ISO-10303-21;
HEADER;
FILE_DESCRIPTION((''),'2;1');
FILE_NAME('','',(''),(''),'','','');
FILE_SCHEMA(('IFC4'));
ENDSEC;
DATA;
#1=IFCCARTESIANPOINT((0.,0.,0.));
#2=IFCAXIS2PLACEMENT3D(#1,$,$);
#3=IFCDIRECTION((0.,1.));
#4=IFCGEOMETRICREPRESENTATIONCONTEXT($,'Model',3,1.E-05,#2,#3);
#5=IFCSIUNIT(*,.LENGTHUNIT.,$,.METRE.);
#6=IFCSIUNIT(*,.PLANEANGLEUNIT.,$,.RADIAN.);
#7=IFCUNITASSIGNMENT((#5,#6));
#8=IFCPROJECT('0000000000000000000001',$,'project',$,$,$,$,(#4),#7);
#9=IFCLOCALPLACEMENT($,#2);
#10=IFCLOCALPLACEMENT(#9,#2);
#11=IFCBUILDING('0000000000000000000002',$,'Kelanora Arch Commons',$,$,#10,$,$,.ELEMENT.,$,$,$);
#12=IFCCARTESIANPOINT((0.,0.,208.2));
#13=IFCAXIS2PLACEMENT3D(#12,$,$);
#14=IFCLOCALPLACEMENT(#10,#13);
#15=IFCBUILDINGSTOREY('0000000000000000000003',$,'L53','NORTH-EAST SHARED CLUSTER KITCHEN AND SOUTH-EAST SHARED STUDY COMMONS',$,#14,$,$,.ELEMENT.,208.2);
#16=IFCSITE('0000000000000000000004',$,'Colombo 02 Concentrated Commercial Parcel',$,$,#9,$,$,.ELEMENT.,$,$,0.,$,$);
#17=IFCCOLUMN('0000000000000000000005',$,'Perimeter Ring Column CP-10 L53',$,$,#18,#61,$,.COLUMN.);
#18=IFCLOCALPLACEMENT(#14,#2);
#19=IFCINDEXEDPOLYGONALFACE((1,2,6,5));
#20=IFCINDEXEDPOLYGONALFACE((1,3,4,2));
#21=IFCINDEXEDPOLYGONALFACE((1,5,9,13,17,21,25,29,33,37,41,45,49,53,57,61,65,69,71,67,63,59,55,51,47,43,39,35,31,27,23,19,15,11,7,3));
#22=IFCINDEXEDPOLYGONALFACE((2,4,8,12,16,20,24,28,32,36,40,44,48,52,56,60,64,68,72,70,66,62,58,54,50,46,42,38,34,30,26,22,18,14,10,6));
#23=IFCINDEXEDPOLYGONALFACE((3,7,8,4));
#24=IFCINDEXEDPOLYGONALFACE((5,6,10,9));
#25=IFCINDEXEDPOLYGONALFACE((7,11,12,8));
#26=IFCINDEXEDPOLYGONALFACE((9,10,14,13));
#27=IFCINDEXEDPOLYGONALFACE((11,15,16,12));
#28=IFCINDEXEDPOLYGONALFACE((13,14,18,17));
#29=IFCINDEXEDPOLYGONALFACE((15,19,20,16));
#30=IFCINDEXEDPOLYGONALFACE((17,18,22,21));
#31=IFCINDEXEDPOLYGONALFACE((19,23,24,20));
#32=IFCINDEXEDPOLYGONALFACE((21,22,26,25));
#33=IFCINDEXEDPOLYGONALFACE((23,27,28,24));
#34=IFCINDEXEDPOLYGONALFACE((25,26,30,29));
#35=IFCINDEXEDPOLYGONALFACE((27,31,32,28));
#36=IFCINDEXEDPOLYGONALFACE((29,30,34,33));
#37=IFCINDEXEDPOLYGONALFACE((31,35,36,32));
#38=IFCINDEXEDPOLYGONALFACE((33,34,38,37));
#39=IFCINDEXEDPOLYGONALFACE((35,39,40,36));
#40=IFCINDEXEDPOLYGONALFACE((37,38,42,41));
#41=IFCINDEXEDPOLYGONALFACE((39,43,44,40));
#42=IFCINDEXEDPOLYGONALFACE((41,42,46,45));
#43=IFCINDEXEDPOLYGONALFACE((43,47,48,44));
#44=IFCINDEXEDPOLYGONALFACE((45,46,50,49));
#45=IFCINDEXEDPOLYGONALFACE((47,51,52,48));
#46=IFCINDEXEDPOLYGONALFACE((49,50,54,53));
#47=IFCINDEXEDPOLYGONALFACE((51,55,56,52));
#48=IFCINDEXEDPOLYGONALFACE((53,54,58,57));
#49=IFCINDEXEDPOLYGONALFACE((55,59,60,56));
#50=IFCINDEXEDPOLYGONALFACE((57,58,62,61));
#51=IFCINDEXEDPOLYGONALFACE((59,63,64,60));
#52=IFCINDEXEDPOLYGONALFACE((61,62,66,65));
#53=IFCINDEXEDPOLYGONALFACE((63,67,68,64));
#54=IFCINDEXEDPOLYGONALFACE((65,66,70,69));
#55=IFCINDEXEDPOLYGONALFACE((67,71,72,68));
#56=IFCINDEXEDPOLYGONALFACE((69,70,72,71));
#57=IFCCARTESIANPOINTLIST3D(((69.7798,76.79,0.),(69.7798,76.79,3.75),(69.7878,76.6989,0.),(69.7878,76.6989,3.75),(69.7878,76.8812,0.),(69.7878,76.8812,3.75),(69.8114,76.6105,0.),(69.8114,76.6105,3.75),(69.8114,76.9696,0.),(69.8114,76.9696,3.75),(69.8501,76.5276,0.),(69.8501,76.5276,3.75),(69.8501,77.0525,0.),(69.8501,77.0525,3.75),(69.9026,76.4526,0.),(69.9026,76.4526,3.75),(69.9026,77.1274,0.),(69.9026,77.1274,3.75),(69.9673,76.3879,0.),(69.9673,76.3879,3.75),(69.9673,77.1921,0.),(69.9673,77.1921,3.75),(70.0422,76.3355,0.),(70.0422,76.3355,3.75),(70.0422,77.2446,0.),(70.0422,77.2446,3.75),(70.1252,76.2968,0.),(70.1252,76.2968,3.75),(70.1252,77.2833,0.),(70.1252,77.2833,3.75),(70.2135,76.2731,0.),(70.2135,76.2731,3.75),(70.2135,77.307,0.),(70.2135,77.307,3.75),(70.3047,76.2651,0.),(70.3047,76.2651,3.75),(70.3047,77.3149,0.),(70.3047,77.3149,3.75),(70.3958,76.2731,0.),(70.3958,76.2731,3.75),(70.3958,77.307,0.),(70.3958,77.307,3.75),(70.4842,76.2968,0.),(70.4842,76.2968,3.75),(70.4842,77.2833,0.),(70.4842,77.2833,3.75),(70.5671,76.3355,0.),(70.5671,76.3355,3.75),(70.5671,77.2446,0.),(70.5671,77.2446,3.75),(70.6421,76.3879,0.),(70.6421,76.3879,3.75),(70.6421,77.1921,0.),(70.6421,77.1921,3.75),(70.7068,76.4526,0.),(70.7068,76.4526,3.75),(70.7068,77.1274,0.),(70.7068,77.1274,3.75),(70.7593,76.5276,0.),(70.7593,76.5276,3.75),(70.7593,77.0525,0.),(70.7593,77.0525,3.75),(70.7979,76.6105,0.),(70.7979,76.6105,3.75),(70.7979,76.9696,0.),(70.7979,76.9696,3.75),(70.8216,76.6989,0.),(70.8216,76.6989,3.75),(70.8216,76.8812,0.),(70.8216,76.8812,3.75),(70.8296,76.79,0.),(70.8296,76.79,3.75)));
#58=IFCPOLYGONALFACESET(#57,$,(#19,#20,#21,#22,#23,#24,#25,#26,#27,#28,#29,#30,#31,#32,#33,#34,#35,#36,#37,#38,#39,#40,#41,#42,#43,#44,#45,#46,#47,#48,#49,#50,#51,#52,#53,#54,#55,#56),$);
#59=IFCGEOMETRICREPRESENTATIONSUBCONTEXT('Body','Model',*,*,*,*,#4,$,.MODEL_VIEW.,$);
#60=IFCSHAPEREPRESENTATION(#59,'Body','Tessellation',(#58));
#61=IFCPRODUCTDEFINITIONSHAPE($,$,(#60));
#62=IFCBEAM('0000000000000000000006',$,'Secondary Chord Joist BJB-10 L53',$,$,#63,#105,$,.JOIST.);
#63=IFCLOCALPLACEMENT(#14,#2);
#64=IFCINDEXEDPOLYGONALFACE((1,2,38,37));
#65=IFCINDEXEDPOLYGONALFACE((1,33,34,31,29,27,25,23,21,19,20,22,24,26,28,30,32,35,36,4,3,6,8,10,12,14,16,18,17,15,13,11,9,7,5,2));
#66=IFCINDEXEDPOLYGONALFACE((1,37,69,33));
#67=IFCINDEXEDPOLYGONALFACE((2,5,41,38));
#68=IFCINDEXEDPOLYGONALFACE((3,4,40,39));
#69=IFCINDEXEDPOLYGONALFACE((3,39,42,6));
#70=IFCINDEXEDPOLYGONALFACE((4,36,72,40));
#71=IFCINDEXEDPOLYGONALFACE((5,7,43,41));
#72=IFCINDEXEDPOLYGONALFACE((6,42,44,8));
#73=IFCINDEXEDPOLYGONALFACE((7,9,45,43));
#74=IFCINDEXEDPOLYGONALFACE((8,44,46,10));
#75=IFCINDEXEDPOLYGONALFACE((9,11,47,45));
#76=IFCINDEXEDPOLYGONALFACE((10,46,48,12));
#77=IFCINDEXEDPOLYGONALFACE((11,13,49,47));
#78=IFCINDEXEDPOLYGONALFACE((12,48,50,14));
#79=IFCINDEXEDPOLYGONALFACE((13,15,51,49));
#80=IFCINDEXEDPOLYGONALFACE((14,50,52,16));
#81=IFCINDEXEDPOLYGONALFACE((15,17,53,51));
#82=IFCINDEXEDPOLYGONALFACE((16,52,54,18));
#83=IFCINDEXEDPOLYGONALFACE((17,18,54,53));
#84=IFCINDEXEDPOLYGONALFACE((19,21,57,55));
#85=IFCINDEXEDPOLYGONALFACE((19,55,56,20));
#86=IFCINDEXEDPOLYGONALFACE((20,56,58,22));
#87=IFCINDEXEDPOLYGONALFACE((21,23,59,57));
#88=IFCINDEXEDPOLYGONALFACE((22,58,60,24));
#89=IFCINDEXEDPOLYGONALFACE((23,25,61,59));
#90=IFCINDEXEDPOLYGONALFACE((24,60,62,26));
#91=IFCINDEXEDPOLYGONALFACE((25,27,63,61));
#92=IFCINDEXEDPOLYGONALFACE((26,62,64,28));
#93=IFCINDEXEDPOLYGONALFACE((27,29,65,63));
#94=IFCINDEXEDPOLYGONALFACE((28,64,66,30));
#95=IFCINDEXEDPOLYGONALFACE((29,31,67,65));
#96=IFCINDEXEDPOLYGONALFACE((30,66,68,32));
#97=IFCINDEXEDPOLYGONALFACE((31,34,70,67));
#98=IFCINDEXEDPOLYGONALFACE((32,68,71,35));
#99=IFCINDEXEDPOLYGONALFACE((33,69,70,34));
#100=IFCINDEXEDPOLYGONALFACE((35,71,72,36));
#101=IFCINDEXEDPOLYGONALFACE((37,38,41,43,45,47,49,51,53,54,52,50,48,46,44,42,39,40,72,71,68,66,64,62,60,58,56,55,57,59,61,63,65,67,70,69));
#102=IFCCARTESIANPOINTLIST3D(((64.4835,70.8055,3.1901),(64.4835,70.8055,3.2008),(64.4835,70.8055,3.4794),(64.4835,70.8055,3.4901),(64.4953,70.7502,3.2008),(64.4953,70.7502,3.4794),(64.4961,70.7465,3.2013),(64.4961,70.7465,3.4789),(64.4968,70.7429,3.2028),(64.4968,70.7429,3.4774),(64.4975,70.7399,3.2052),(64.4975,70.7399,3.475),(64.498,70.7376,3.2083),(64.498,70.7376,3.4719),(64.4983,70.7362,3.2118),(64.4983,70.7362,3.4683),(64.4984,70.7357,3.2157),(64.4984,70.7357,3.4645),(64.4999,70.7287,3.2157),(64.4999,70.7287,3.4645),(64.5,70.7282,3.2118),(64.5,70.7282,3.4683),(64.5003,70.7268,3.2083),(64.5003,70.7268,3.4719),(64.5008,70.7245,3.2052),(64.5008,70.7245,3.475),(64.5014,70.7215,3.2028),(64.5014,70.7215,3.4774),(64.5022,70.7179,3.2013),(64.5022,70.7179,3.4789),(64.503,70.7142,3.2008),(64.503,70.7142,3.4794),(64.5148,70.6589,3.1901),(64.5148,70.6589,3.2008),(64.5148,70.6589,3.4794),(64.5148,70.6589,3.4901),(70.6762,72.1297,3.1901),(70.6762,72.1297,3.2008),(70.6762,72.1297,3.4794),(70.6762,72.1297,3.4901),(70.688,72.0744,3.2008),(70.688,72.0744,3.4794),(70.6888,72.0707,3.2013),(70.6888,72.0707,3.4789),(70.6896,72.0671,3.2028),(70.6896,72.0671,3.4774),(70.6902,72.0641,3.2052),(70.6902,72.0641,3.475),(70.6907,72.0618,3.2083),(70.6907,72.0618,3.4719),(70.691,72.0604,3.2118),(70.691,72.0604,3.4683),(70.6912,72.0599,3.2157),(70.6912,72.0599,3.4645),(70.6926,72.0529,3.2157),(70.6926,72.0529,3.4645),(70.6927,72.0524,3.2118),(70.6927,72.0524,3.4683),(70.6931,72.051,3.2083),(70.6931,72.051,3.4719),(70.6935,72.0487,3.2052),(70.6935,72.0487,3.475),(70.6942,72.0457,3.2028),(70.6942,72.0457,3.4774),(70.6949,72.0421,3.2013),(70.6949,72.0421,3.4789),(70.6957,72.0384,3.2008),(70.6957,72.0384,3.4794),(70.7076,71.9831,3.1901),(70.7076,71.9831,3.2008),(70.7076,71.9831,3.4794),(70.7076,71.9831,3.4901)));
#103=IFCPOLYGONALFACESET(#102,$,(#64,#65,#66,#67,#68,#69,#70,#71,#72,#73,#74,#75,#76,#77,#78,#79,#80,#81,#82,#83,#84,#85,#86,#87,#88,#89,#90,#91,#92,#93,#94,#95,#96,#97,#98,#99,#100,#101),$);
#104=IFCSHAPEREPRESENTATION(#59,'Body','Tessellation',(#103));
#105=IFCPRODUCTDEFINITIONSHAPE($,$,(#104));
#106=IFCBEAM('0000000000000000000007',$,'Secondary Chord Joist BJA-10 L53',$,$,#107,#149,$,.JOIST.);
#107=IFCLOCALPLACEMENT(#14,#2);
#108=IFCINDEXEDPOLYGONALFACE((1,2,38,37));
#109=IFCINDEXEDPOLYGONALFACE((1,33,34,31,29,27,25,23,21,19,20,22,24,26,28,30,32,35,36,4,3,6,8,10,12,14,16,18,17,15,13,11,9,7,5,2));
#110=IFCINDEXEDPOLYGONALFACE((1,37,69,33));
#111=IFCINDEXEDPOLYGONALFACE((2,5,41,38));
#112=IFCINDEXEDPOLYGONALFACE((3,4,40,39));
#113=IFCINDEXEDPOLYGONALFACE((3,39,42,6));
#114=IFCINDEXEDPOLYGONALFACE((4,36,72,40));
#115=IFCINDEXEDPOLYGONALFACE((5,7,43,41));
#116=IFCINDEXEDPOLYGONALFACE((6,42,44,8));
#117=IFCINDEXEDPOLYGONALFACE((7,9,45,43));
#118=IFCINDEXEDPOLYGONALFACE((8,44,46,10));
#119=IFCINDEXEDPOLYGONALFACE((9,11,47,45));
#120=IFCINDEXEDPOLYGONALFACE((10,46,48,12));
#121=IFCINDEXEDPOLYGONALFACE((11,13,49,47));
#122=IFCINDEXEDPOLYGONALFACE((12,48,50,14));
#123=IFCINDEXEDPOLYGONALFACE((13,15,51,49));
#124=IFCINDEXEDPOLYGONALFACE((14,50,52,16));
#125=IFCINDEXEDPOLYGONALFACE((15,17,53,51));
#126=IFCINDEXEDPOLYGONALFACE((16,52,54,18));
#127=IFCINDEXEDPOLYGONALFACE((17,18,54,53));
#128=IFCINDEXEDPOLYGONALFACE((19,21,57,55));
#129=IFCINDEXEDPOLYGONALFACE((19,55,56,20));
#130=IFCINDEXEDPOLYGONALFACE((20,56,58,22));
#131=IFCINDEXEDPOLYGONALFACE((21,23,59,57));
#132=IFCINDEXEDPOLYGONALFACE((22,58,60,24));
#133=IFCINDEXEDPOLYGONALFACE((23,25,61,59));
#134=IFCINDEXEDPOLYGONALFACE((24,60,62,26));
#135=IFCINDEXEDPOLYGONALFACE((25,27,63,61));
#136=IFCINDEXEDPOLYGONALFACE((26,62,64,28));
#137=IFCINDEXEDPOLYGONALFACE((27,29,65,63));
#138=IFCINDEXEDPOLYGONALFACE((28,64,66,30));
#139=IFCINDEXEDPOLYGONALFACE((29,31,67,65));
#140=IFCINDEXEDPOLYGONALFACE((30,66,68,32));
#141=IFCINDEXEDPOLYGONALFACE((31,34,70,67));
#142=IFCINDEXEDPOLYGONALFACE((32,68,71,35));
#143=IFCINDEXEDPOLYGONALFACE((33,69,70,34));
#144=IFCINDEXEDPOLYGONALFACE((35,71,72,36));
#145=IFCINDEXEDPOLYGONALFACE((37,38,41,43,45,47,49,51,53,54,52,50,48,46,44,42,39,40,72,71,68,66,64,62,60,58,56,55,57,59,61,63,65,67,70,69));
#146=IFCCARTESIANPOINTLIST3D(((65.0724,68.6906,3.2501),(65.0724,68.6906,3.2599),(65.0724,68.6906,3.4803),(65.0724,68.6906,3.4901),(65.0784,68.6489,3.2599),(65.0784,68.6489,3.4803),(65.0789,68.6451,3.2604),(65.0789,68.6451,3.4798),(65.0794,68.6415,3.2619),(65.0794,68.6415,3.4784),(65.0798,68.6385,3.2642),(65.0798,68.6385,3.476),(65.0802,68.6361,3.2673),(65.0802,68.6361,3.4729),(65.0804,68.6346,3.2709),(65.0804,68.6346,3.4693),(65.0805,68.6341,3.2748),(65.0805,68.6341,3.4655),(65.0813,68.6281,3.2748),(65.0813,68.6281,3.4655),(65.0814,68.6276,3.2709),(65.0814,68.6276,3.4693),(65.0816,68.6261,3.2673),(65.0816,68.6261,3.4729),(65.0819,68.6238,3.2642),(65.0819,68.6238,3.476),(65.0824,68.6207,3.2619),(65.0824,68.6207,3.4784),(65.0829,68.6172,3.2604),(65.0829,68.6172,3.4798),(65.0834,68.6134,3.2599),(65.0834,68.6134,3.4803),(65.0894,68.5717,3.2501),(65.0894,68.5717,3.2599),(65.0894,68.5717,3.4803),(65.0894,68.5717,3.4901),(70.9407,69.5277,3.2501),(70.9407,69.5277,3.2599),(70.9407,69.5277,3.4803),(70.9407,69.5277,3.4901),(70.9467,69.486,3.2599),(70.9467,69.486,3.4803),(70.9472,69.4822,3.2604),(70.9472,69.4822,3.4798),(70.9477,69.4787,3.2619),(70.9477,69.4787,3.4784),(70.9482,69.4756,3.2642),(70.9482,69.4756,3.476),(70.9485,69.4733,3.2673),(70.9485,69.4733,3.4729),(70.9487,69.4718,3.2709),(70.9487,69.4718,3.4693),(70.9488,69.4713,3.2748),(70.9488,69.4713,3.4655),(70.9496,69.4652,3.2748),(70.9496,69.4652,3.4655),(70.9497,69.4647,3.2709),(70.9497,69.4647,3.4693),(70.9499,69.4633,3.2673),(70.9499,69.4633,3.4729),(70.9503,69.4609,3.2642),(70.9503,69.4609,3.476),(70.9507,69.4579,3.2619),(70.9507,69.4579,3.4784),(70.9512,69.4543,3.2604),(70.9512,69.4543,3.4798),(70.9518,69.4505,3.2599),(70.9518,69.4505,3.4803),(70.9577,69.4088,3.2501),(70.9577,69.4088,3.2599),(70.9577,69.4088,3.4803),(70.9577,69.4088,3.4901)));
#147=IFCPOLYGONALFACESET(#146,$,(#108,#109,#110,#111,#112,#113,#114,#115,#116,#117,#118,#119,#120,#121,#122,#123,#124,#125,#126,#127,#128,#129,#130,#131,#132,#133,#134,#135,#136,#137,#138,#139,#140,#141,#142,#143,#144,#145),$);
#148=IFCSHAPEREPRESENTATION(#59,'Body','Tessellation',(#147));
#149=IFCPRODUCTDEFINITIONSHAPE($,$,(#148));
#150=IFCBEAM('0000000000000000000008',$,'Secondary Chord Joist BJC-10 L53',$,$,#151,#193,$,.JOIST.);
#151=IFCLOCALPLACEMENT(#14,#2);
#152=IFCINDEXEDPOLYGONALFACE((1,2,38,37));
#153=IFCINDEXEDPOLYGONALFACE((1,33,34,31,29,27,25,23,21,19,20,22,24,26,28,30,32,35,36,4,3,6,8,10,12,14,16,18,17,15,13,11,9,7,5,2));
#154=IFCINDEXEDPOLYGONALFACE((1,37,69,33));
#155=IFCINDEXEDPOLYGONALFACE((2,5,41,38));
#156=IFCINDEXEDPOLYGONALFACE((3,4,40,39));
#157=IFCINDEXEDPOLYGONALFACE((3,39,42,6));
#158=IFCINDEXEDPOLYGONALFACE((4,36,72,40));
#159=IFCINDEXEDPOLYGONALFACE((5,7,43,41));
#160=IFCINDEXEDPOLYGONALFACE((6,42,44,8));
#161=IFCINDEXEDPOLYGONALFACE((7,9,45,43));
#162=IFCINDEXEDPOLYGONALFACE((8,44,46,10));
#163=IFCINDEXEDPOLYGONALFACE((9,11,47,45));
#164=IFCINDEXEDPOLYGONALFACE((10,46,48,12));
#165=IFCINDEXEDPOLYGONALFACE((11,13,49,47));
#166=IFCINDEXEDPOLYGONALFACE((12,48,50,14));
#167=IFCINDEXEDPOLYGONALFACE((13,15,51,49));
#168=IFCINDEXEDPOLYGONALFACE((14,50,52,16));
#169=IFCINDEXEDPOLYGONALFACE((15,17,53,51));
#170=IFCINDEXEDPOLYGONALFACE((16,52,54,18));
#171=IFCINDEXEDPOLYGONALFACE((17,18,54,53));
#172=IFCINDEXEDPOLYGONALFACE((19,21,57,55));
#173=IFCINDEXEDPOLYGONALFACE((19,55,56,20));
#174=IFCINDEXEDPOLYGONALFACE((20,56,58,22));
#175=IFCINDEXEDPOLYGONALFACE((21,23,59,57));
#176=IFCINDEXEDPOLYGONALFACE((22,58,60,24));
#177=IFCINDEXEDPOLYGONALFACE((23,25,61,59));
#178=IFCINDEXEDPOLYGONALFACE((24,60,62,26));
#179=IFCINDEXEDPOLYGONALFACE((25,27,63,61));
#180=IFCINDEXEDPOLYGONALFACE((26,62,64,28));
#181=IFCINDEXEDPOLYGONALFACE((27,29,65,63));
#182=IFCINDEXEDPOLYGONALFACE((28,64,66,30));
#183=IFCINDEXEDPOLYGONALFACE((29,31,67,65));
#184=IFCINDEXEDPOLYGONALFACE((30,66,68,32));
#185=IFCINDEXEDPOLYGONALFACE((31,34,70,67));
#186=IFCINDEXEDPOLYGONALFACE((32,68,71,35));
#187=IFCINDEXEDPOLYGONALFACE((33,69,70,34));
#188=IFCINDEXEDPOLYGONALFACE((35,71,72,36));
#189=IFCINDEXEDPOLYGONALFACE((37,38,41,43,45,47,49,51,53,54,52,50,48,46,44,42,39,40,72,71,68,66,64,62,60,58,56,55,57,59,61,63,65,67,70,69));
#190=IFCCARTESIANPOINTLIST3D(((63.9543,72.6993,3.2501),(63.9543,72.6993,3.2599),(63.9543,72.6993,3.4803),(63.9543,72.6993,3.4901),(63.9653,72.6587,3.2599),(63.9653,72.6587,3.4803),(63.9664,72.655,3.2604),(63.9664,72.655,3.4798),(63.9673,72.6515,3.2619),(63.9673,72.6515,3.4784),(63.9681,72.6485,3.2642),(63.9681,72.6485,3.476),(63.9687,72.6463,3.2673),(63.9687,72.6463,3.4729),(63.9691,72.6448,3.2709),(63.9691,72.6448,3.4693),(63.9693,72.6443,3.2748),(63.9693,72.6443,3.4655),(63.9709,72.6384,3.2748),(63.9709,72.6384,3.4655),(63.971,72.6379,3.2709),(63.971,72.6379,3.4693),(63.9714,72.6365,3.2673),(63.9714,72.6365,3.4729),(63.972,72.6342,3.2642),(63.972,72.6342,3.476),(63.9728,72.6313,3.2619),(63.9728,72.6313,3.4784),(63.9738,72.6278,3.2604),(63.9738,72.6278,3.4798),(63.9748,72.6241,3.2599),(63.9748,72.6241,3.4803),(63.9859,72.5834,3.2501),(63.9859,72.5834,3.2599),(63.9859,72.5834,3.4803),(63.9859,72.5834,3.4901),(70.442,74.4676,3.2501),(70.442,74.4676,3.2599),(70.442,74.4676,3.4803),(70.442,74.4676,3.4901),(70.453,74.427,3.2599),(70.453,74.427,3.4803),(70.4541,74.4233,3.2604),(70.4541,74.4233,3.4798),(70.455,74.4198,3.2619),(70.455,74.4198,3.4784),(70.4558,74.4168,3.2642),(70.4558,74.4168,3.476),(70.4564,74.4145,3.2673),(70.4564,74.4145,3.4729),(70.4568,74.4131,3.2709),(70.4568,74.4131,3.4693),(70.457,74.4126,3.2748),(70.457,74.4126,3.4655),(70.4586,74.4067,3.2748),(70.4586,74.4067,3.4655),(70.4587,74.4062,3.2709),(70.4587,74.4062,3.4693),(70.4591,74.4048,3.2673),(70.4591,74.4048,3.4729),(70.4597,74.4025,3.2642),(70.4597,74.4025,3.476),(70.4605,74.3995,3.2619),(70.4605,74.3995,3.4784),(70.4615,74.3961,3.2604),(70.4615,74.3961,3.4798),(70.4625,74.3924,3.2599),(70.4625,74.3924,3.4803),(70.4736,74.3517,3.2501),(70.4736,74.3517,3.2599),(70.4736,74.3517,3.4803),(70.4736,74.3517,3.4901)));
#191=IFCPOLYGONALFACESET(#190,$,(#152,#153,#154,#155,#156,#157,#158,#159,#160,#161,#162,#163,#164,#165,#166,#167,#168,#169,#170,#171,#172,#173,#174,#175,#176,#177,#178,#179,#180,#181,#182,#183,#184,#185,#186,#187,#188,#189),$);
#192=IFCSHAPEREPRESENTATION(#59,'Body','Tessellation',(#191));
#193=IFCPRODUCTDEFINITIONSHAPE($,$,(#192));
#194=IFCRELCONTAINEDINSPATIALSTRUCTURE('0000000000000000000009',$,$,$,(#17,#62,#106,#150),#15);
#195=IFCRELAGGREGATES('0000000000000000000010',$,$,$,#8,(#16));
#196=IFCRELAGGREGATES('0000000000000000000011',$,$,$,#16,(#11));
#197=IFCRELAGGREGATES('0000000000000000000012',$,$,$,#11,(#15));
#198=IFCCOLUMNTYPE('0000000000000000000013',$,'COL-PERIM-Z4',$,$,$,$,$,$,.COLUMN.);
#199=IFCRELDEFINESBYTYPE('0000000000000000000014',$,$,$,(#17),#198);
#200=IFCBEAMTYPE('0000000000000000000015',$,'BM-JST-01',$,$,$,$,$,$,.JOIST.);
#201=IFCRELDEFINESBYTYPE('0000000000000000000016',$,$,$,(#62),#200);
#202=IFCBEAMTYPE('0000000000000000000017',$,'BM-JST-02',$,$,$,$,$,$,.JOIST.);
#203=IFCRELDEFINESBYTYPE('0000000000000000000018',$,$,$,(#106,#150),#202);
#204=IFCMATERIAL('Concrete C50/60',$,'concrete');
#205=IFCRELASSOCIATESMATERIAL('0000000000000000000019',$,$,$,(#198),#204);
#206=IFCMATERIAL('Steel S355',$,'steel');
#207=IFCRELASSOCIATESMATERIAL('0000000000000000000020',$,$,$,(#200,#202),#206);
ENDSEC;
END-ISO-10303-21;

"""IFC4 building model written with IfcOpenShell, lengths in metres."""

from ifc_helpers import new_model, si_unit, direction, frame, origin, origin_2d, place, context, subcontext, project, spatial, circle, i_section, extrude, material, material_profile, profile_set, type_object, element, save


model = new_model("IFC4")

# Units and contexts
model_context = context("Model", 3, precision=1e-05, world=origin(), true_north=direction((0.0, 1.0)))
body_context = subcontext(model_context, "Body", "Model", "MODEL_VIEW")
ifc_project = project(units=[si_unit("LENGTHUNIT", "METRE"), si_unit("PLANEANGLEUNIT", "RADIAN")], contexts=[model_context])

# Site, building, storey
site_placement = place(None, origin())
site = spatial("IfcSite", under=ifc_project, at=site_placement, Name="Colombo 02 Concentrated Commercial Parcel", CompositionType="ELEMENT", RefElevation=0.0)
building_placement = place(site_placement, origin())
building = spatial("IfcBuilding", under=site, at=building_placement, Name="Kelanora Arch Commons", CompositionType="ELEMENT")
storey_placement = place(building_placement, frame((0.0, 0.0, 208.2)))
storey = spatial("IfcBuildingStorey", under=building, at=storey_placement, Name="L53", Description="NORTH-EAST SHARED CLUSTER KITCHEN AND SOUTH-EAST SHARED STUDY COMMONS", CompositionType="ELEMENT", Elevation=208.2)

# Column
ifc_material_1 = material(Name="Concrete C50/60", Category="concrete")
ifc_material_profile_1 = material_profile(ifc_material_1, circle(Radius=0.5249, at=origin_2d()), Name="RCC1050")
ifc_profile_set_1 = profile_set([ifc_material_profile_1], Name="Concrete C50/60")
column_type = type_object("IfcColumnType", Name="COL-PERIM-Z4", PredefinedType="COLUMN", material=ifc_profile_set_1)
column_placement = place(storey_placement, frame((70.3047, 76.79, 0.0), z_axis=(0.0, 0.0, 1.0), x_axis=(1.0, 0.0, 0.0)))
element("IfcColumn", 1, at=column_placement, inside=storey, type_object=column_type, Name="Perimeter Ring Column CP-10 L53", PredefinedType="COLUMN", context=body_context, shape_type="SweptSolid", body=[
    extrude(circle(Radius=0.5249, at=origin_2d()), origin(), (0.0, 0.0, 1.0), 3.75),
])

# Beams
ifc_material_2 = material(Name="Steel S355", Category="steel")
ifc_material_profile_2 = material_profile(ifc_material_2, i_section(OverallWidth=0.1499, OverallDepth=0.3, WebThickness=0.0071, FlangeThickness=0.0107, FilletRadius=0.0149, at=origin_2d()), Name="IPE300")
ifc_profile_set_2 = profile_set([ifc_material_profile_2], Name="Steel S355")
beam_type_1 = type_object("IfcBeamType", Name="BM-JST-01", PredefinedType="JOIST", material=ifc_profile_set_2)
beam_1_placement = place(storey_placement, frame((70.6919, 72.0564, 3.3401), z_axis=(-0.977894, -0.209103, 0.0), x_axis=(0.209103, -0.977894, 0.0)))
element("IfcBeam", 2, at=beam_1_placement, inside=storey, type_object=beam_type_1, Name="Secondary Chord Joist BJB-10 L53", PredefinedType="JOIST", context=body_context, shape_type="SweptSolid", body=[
    extrude(i_section(OverallWidth=0.1499, OverallDepth=0.3, WebThickness=0.0071, FlangeThickness=0.0107, FilletRadius=0.0149, at=origin_2d()), origin(), (0.0, 0.0, 1.0), 6.3328),
])
ifc_material_profile_3 = material_profile(ifc_material_2, i_section(OverallWidth=0.1201, OverallDepth=0.24, WebThickness=0.0061, FlangeThickness=0.0098, FilletRadius=0.0149, at=origin_2d()), Name="IPE240")
ifc_profile_set_3 = profile_set([ifc_material_profile_3], Name="Steel S355")
beam_type_2 = type_object("IfcBeamType", Name="BM-JST-02", PredefinedType="JOIST", material=ifc_profile_set_3)
beam_2_placement = place(storey_placement, frame((70.9492, 69.4683, 3.3701), z_axis=(-0.989977, -0.141225, 0.0), x_axis=(0.141225, -0.989977, 0.0)))
element("IfcBeam", 3, at=beam_2_placement, inside=storey, type_object=beam_type_2, Name="Secondary Chord Joist BJA-10 L53", PredefinedType="JOIST", context=body_context, shape_type="SweptSolid", body=[
    extrude(i_section(OverallWidth=0.1201, OverallDepth=0.24, WebThickness=0.0061, FlangeThickness=0.0098, FilletRadius=0.0149, at=origin_2d()), origin(), (0.0, 0.0, 1.0), 5.9277),
])
beam_3_placement = place(storey_placement, frame((70.4578, 74.4097, 3.3701), z_axis=(-0.964805, -0.262967, 0.0), x_axis=(0.262967, -0.964805, 0.0)))
element("IfcBeam", 4, at=beam_3_placement, inside=storey, type_object=beam_type_2, Name="Secondary Chord Joist BJC-10 L53", PredefinedType="JOIST", context=body_context, shape_type="SweptSolid", body=[
    extrude(i_section(OverallWidth=0.1201, OverallDepth=0.24, WebThickness=0.0061, FlangeThickness=0.0098, FilletRadius=0.0149, at=origin_2d()), origin(), (0.0, 0.0, 1.0), 6.7244),
])

save(model, "model.ifc")
